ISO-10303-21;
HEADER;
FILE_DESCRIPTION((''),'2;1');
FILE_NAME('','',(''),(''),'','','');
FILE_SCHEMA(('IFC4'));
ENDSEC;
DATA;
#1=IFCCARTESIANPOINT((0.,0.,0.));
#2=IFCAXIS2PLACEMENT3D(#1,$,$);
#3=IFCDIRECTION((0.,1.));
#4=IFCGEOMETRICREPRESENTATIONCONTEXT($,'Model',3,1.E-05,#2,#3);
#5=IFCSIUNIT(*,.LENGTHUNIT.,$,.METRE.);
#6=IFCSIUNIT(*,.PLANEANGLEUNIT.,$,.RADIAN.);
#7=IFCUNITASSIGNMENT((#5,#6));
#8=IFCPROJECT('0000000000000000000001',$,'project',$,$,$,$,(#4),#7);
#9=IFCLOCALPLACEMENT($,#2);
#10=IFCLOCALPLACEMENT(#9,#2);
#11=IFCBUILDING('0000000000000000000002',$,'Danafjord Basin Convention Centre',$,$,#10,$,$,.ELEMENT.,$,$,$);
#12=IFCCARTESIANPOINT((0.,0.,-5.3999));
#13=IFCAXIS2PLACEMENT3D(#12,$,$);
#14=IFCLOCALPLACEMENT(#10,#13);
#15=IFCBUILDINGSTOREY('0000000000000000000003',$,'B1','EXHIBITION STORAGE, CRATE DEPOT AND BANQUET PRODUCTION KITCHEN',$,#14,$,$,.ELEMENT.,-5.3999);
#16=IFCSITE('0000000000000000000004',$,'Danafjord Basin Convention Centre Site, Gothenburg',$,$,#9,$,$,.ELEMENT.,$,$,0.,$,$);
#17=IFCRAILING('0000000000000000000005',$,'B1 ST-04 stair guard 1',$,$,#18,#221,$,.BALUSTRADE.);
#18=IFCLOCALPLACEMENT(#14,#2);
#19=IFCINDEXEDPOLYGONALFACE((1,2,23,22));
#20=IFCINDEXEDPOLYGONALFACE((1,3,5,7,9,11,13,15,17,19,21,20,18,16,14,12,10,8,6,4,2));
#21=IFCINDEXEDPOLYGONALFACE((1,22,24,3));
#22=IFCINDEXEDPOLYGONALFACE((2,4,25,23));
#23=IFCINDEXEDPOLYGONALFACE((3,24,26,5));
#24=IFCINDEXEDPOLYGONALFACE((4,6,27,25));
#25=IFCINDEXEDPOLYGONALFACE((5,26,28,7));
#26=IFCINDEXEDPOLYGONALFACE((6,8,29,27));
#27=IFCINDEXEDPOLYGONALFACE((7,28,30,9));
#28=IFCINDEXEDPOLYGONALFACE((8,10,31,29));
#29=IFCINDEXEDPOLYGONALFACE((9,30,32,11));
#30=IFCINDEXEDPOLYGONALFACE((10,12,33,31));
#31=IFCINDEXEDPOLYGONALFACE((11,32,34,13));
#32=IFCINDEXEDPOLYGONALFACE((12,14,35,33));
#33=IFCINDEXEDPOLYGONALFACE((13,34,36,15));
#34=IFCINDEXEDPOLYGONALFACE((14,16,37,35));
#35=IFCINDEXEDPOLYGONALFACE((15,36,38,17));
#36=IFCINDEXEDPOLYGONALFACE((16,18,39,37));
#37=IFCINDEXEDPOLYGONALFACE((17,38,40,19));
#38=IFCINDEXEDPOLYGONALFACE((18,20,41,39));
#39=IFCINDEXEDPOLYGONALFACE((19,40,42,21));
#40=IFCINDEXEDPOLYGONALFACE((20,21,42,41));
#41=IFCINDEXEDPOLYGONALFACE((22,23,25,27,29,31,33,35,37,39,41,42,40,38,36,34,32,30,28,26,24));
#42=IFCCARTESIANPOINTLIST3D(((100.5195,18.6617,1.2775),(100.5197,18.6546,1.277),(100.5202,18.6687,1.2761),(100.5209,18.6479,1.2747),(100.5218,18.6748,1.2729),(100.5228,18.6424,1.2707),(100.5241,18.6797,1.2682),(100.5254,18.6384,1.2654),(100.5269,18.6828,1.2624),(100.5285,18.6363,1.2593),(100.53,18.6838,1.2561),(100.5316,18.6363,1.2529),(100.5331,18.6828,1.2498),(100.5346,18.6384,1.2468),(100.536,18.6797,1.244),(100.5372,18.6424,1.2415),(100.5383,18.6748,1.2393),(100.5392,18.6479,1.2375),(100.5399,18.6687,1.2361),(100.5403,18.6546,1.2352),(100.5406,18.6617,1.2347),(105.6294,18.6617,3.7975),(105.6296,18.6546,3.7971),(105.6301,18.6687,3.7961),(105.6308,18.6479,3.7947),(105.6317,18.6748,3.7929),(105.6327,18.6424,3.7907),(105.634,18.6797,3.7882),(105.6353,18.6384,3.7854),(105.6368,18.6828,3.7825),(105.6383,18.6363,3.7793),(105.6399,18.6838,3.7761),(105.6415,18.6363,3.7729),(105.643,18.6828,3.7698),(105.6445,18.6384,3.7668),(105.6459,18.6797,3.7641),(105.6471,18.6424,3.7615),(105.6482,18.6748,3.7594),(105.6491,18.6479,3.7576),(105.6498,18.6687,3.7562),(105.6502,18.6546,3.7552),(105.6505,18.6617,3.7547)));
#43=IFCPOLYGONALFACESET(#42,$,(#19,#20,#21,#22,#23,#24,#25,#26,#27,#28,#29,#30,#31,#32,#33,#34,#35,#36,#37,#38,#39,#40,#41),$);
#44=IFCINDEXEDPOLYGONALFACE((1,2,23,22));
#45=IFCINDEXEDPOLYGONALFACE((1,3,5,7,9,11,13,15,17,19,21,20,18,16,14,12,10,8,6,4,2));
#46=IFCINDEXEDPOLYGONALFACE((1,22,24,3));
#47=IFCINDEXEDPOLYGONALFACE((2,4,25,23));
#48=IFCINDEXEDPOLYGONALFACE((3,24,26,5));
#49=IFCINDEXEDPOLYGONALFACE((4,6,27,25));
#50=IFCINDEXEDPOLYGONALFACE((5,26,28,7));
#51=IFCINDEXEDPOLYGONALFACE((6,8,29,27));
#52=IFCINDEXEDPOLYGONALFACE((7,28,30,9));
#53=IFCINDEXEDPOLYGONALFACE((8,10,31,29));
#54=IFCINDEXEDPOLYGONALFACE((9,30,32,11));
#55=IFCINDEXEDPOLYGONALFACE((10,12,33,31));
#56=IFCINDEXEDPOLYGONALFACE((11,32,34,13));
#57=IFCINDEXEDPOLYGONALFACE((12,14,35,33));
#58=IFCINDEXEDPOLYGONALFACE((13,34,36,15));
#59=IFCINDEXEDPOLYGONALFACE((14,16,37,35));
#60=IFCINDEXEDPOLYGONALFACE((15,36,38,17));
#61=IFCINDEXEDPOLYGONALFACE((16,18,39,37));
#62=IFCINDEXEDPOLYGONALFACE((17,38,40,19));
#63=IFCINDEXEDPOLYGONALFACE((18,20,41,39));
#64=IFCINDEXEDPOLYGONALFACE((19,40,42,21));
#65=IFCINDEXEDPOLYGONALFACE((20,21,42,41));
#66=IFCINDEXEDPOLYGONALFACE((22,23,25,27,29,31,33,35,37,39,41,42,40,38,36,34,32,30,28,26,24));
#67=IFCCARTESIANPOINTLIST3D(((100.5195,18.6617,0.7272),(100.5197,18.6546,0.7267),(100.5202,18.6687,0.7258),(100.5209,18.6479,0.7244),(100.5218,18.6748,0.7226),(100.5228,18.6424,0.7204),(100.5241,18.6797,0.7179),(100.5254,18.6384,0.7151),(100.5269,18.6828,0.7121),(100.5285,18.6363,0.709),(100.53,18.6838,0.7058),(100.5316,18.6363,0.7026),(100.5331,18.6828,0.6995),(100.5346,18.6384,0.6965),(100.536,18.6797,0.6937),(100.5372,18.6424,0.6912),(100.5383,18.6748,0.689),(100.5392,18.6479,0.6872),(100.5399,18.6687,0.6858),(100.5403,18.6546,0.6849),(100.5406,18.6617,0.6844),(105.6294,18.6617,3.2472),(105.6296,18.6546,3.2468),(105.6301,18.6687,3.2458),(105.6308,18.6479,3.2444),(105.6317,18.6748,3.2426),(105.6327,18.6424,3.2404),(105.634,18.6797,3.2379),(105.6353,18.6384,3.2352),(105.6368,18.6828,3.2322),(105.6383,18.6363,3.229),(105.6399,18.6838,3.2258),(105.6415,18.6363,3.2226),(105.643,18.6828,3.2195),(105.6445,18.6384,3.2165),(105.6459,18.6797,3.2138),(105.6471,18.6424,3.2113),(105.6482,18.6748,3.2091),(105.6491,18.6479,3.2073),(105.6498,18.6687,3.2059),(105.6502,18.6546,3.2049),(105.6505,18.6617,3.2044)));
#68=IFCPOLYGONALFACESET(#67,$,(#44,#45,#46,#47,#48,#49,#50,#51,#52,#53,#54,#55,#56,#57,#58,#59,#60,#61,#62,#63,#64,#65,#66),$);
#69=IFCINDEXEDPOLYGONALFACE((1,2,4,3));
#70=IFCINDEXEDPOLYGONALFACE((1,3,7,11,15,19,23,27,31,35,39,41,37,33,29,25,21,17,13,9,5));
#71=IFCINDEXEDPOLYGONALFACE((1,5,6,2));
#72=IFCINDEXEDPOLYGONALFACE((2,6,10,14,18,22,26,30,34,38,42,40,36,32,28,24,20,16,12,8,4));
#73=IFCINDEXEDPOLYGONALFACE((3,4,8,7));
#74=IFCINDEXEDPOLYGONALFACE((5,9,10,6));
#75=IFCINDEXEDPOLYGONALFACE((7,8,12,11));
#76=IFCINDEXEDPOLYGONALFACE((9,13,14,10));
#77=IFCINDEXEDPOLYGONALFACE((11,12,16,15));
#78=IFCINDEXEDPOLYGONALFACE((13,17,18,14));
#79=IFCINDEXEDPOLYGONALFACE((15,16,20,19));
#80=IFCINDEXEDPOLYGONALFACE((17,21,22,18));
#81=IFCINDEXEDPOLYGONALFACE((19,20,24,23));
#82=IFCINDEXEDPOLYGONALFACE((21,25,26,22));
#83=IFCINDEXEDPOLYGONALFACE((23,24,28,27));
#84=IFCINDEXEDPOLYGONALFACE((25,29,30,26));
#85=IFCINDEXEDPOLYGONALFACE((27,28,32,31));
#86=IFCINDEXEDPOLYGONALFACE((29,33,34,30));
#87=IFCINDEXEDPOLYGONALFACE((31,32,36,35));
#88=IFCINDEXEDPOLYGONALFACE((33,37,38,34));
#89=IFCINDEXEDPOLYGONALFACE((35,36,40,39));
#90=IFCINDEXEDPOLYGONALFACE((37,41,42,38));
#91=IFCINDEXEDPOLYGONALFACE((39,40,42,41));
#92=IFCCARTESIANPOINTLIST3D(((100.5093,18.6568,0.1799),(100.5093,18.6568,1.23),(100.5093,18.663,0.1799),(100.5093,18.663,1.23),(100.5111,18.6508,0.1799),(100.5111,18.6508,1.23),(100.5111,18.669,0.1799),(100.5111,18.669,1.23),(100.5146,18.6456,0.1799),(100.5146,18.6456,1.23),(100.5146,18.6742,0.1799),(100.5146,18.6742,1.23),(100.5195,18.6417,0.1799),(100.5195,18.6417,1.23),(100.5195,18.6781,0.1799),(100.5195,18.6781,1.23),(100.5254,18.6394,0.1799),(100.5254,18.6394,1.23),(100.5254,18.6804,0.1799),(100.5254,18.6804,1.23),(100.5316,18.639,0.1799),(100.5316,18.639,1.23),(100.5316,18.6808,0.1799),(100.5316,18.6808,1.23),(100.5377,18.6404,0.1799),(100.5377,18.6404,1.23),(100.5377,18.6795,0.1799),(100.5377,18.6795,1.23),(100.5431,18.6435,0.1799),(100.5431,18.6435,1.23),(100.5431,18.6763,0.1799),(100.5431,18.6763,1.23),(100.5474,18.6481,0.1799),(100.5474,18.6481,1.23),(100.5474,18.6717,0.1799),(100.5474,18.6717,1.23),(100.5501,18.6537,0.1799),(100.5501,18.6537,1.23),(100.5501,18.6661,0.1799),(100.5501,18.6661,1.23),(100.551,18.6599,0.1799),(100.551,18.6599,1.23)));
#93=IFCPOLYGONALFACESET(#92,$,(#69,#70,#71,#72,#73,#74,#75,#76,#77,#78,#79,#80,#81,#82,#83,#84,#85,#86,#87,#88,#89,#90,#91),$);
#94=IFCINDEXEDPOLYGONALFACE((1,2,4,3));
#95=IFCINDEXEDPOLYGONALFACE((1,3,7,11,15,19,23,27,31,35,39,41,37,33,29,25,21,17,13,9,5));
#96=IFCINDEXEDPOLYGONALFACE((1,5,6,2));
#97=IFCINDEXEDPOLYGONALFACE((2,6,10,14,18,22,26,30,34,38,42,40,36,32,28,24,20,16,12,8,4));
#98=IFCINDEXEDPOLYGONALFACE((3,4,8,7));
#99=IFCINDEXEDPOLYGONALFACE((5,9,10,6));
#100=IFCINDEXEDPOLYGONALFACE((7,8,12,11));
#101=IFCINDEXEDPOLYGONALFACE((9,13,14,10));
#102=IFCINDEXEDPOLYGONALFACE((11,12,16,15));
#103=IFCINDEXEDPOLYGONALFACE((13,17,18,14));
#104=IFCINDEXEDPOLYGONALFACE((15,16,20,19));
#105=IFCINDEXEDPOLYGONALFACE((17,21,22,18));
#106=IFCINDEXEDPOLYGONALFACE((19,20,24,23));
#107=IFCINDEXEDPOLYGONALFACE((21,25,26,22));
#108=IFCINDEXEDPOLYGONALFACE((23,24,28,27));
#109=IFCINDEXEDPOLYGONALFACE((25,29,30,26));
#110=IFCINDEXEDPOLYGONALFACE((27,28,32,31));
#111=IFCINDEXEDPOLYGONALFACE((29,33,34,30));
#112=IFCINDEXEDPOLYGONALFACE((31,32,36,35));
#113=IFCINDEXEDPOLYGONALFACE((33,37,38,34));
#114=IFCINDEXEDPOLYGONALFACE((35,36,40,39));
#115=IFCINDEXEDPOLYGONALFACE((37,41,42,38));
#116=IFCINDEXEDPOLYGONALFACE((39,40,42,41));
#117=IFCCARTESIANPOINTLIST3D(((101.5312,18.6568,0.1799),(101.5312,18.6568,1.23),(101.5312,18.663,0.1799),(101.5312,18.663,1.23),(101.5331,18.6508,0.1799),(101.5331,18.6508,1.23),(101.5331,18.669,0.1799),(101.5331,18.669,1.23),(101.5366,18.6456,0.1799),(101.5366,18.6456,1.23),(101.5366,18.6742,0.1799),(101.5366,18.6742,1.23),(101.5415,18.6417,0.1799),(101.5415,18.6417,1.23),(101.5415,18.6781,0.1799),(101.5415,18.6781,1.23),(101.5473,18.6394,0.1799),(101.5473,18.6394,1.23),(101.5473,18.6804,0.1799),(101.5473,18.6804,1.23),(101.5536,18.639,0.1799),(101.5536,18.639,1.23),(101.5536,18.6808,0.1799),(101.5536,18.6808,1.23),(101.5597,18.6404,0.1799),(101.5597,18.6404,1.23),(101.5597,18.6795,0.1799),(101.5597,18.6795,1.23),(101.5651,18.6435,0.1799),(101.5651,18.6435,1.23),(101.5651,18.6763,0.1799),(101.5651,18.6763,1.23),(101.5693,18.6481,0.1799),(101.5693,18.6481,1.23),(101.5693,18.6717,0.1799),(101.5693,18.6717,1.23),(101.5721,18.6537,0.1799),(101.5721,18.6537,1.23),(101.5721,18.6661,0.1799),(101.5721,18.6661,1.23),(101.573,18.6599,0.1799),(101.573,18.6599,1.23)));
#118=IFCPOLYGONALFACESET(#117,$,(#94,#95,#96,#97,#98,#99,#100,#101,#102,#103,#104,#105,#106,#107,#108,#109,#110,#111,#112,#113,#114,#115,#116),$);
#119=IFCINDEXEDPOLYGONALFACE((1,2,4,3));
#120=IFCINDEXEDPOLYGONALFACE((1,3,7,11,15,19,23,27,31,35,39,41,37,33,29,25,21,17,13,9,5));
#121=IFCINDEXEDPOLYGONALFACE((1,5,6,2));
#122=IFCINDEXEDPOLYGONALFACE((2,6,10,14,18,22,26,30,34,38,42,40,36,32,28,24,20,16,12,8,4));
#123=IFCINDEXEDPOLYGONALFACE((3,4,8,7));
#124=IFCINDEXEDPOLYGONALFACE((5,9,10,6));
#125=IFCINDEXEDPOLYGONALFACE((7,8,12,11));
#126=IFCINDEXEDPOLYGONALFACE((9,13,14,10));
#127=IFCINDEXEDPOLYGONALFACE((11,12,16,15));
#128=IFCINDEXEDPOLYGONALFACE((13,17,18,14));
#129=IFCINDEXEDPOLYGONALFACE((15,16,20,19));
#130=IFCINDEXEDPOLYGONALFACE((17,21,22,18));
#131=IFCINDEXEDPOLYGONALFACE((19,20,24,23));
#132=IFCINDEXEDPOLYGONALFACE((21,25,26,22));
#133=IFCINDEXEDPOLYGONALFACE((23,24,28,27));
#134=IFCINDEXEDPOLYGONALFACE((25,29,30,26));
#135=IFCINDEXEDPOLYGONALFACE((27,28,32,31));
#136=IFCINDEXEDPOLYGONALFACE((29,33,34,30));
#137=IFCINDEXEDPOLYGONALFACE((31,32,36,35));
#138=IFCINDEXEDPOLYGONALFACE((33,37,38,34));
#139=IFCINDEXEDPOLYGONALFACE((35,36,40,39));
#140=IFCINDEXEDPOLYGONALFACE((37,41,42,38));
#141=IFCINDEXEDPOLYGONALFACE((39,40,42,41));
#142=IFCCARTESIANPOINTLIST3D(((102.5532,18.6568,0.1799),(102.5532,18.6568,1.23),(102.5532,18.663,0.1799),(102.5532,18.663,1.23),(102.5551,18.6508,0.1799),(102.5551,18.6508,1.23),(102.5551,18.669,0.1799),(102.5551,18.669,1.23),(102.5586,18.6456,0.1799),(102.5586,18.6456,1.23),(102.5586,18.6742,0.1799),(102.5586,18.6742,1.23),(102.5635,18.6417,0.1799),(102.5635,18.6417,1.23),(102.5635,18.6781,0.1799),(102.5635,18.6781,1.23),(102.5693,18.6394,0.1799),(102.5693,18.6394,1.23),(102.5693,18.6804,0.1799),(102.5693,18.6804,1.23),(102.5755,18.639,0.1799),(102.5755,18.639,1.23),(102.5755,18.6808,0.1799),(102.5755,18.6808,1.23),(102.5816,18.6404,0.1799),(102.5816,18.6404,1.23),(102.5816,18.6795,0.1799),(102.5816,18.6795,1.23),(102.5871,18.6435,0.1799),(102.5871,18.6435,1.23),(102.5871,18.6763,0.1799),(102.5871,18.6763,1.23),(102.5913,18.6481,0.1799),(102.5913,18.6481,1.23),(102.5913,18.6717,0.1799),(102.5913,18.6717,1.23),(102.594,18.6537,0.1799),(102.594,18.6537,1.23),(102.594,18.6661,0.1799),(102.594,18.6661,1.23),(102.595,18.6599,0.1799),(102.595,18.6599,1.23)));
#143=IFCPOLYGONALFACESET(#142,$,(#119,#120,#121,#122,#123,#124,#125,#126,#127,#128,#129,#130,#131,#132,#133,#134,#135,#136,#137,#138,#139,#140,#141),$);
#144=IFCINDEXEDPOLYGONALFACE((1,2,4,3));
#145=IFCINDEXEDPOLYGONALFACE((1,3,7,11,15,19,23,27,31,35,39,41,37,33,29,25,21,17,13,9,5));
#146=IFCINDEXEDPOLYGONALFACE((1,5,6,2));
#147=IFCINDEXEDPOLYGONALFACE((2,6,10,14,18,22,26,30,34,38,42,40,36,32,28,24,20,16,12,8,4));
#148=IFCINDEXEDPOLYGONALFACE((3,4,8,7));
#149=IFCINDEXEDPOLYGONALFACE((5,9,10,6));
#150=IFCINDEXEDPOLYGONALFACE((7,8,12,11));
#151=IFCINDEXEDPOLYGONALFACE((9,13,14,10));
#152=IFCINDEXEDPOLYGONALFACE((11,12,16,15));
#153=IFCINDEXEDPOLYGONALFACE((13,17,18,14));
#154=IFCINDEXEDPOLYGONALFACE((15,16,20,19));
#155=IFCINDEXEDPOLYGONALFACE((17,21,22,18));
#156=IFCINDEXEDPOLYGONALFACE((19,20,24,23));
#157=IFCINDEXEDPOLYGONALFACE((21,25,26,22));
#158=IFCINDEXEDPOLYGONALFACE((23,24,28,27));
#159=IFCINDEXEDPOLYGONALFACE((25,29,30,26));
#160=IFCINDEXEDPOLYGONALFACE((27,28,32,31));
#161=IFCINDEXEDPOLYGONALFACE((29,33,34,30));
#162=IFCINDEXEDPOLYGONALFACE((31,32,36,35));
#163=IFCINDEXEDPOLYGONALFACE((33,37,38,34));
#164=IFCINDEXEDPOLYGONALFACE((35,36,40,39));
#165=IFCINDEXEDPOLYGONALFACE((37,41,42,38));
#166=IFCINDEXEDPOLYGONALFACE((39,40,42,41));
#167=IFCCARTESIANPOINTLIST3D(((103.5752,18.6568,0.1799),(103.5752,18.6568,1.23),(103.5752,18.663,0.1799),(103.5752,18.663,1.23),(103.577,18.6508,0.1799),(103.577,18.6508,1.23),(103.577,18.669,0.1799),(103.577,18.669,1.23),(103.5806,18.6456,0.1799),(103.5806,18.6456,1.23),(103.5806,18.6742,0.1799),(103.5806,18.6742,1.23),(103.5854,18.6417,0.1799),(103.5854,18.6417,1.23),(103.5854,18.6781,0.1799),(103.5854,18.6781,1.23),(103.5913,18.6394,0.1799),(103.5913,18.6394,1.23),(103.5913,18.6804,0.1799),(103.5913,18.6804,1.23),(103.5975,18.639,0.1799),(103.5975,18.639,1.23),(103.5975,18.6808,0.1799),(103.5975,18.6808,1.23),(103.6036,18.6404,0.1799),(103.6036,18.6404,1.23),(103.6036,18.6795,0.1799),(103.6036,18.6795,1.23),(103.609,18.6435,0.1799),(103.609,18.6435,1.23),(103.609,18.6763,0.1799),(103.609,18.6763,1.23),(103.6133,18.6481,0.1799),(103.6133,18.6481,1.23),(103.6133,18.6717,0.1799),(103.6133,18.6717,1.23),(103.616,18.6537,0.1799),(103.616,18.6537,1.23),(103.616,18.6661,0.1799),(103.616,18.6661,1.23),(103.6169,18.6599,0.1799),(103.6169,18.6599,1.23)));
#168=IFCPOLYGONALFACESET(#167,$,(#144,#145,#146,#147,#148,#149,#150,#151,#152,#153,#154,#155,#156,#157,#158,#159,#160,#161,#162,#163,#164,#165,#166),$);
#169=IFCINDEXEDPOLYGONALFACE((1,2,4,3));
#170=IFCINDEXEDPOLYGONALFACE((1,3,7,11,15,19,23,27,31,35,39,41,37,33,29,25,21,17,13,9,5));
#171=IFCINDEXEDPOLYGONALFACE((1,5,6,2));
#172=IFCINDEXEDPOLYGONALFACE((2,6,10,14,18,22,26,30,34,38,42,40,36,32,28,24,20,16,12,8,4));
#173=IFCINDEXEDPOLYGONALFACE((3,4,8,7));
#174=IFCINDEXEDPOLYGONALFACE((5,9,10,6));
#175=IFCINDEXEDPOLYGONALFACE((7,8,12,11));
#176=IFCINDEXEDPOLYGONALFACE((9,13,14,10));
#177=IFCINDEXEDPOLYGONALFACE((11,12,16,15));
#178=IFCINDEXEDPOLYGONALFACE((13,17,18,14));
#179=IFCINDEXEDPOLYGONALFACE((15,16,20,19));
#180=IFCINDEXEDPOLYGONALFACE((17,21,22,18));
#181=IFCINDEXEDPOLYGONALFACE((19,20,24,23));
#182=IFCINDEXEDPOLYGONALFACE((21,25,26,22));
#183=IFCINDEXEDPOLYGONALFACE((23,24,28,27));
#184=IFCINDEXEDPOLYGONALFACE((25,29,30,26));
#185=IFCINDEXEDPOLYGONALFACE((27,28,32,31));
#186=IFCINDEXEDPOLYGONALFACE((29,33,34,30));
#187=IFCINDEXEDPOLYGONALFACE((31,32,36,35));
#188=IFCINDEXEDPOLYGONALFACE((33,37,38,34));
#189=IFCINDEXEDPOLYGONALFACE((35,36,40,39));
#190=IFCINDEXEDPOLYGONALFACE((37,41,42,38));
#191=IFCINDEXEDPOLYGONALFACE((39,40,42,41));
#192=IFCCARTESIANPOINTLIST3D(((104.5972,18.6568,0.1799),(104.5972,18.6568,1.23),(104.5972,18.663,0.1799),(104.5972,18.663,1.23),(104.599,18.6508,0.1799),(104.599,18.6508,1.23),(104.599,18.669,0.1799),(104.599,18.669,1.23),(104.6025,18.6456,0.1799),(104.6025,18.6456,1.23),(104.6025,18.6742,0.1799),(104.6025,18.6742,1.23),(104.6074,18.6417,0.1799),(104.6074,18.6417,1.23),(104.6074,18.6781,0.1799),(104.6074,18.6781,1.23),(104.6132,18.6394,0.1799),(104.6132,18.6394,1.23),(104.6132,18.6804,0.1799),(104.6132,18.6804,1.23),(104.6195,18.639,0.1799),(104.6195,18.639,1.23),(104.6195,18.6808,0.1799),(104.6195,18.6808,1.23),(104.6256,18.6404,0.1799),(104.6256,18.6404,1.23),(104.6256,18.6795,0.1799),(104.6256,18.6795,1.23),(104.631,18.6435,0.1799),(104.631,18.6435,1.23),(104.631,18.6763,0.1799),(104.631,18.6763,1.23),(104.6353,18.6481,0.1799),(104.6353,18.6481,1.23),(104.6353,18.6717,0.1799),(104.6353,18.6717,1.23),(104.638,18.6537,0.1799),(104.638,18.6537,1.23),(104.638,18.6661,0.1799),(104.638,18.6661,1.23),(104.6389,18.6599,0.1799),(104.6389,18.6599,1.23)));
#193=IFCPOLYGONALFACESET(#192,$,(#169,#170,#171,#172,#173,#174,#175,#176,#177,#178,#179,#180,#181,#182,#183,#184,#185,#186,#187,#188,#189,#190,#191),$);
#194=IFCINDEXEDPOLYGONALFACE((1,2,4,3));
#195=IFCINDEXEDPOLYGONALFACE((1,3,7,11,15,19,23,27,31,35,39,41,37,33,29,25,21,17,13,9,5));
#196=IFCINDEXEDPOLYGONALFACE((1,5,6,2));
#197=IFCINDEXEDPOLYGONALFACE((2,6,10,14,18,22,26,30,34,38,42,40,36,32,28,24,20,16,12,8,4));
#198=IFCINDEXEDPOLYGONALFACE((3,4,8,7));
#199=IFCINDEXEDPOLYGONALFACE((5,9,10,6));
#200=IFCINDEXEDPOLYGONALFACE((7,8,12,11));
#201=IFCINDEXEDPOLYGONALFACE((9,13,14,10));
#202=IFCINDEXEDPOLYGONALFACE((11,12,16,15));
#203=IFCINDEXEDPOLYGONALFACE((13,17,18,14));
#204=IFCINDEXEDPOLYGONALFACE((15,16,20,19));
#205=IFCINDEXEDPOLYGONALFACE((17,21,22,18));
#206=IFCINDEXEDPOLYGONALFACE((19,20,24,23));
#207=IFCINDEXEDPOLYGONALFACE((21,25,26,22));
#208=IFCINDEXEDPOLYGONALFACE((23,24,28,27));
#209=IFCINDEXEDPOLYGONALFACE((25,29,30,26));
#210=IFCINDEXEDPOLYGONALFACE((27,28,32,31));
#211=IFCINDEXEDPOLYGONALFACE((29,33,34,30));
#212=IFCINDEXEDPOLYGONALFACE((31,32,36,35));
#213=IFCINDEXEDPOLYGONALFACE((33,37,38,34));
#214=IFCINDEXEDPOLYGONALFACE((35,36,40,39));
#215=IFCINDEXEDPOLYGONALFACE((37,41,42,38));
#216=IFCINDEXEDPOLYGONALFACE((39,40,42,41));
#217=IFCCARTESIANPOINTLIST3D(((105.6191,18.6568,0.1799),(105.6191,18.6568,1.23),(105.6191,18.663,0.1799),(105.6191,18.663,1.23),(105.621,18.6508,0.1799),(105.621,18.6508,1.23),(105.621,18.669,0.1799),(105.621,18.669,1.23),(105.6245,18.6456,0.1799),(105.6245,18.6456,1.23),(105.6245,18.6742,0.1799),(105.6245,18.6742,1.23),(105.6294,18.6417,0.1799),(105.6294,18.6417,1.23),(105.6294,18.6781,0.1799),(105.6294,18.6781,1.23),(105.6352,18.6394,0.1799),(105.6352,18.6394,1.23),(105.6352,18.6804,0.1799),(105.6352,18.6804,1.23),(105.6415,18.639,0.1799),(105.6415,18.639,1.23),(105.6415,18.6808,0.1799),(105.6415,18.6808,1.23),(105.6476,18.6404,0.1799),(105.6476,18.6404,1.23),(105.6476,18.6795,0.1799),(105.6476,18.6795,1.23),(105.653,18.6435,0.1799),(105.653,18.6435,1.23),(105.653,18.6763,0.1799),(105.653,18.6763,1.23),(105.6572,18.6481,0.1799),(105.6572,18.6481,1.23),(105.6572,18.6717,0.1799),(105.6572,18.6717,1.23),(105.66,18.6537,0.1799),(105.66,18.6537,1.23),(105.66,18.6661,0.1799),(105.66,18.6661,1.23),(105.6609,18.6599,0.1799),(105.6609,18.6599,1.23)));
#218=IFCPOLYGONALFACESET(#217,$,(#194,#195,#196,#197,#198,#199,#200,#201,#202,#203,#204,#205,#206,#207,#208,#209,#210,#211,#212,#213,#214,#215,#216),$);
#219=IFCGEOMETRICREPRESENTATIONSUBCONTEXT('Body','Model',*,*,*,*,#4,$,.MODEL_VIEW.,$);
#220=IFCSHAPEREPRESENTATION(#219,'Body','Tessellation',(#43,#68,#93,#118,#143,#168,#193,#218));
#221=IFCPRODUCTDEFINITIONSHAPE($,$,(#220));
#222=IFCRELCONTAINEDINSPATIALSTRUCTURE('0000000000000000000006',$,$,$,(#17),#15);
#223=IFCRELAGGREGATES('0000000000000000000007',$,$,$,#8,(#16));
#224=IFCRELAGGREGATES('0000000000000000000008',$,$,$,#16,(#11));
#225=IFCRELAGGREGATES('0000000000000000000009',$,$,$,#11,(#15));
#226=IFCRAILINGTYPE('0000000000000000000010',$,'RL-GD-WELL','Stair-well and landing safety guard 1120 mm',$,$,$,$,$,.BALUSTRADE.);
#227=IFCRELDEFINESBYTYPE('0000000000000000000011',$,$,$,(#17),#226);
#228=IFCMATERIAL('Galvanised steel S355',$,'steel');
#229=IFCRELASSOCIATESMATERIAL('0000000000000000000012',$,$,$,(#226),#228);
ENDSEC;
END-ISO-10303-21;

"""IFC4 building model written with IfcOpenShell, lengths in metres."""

from ifc_helpers import new_model, si_unit, direction, frame, origin, origin_2d, place, context, subcontext, project, spatial, circle, extrude, material, type_object, element, save


model = new_model("IFC4")

# Units and contexts
model_context = context("Model", 3, precision=1e-05, world=origin(), true_north=direction((0.0, 1.0)))
body_context = subcontext(model_context, "Body", "Model", "MODEL_VIEW")
ifc_project = project(units=[si_unit("LENGTHUNIT", "METRE"), si_unit("PLANEANGLEUNIT", "RADIAN")], contexts=[model_context])

# Site, building, storey
site_placement = place(None, origin())
site = spatial("IfcSite", under=ifc_project, at=site_placement, Name="Danafjord Basin Convention Centre Site, Gothenburg", CompositionType="ELEMENT", RefElevation=0.0)
building_placement = place(site_placement, origin())
building = spatial("IfcBuilding", under=site, at=building_placement, Name="Danafjord Basin Convention Centre", CompositionType="ELEMENT")
storey_placement = place(building_placement, frame((0.0, 0.0, -5.3999)))
storey = spatial("IfcBuildingStorey", under=building, at=storey_placement, Name="B1", Description="EXHIBITION STORAGE, CRATE DEPOT AND BANQUET PRODUCTION KITCHEN", CompositionType="ELEMENT", Elevation=-5.3999)

# Railing
ifc_material_1 = material(Name="Galvanised steel S355", Category="steel")
railing_type_1 = type_object("IfcRailingType", Name="RL-GD-WELL", Description="Stair-well and landing safety guard 1120 mm", PredefinedType="BALUSTRADE", material=ifc_material_1)
railing_1_placement = place(storey_placement, frame((100.53, 18.6599, 0.1799)))
element("IfcRailing", 1, at=railing_1_placement, inside=storey, type_object=railing_type_1, Name="B1 ST-04 stair guard 1", PredefinedType="BALUSTRADE", context=body_context, shape_type="SweptSolid", body=[
    extrude(circle(Radius=0.0239, at=origin_2d()), frame((0.0, 0.0, 1.0762), z_axis=(0.896865, 0.0, 0.442305), x_axis=(0.0, 1.0, 0.0)), (0.0, 0.0, 1.0), 5.6975),
    extrude(circle(Radius=0.0239, at=origin_2d()), frame((0.0, 0.0, 0.5259), z_axis=(0.896865, 0.0, 0.442305), x_axis=(0.0, 1.0, 0.0)), (0.0, 0.0, 1.0), 5.6975),
    extrude(circle(Radius=0.021, at=origin_2d()), origin(), (0.0, 0.0, 1.0), 1.05),
    extrude(circle(Radius=0.021, at=origin_2d()), frame((1.022, 0.0, 0.0)), (0.0, 0.0, 1.0), 1.05),
    extrude(circle(Radius=0.021, at=origin_2d()), frame((2.0439, 0.0, 0.0)), (0.0, 0.0, 1.0), 1.05),
    extrude(circle(Radius=0.021, at=origin_2d()), frame((3.0659, 0.0, 0.0)), (0.0, 0.0, 1.0), 1.05),
    extrude(circle(Radius=0.021, at=origin_2d()), frame((4.0879, 0.0, 0.0)), (0.0, 0.0, 1.0), 1.05),
    extrude(circle(Radius=0.021, at=origin_2d()), frame((5.1099, 0.0, 0.0)), (0.0, 0.0, 1.0), 1.05),
])

save(model, "model.ifc")
